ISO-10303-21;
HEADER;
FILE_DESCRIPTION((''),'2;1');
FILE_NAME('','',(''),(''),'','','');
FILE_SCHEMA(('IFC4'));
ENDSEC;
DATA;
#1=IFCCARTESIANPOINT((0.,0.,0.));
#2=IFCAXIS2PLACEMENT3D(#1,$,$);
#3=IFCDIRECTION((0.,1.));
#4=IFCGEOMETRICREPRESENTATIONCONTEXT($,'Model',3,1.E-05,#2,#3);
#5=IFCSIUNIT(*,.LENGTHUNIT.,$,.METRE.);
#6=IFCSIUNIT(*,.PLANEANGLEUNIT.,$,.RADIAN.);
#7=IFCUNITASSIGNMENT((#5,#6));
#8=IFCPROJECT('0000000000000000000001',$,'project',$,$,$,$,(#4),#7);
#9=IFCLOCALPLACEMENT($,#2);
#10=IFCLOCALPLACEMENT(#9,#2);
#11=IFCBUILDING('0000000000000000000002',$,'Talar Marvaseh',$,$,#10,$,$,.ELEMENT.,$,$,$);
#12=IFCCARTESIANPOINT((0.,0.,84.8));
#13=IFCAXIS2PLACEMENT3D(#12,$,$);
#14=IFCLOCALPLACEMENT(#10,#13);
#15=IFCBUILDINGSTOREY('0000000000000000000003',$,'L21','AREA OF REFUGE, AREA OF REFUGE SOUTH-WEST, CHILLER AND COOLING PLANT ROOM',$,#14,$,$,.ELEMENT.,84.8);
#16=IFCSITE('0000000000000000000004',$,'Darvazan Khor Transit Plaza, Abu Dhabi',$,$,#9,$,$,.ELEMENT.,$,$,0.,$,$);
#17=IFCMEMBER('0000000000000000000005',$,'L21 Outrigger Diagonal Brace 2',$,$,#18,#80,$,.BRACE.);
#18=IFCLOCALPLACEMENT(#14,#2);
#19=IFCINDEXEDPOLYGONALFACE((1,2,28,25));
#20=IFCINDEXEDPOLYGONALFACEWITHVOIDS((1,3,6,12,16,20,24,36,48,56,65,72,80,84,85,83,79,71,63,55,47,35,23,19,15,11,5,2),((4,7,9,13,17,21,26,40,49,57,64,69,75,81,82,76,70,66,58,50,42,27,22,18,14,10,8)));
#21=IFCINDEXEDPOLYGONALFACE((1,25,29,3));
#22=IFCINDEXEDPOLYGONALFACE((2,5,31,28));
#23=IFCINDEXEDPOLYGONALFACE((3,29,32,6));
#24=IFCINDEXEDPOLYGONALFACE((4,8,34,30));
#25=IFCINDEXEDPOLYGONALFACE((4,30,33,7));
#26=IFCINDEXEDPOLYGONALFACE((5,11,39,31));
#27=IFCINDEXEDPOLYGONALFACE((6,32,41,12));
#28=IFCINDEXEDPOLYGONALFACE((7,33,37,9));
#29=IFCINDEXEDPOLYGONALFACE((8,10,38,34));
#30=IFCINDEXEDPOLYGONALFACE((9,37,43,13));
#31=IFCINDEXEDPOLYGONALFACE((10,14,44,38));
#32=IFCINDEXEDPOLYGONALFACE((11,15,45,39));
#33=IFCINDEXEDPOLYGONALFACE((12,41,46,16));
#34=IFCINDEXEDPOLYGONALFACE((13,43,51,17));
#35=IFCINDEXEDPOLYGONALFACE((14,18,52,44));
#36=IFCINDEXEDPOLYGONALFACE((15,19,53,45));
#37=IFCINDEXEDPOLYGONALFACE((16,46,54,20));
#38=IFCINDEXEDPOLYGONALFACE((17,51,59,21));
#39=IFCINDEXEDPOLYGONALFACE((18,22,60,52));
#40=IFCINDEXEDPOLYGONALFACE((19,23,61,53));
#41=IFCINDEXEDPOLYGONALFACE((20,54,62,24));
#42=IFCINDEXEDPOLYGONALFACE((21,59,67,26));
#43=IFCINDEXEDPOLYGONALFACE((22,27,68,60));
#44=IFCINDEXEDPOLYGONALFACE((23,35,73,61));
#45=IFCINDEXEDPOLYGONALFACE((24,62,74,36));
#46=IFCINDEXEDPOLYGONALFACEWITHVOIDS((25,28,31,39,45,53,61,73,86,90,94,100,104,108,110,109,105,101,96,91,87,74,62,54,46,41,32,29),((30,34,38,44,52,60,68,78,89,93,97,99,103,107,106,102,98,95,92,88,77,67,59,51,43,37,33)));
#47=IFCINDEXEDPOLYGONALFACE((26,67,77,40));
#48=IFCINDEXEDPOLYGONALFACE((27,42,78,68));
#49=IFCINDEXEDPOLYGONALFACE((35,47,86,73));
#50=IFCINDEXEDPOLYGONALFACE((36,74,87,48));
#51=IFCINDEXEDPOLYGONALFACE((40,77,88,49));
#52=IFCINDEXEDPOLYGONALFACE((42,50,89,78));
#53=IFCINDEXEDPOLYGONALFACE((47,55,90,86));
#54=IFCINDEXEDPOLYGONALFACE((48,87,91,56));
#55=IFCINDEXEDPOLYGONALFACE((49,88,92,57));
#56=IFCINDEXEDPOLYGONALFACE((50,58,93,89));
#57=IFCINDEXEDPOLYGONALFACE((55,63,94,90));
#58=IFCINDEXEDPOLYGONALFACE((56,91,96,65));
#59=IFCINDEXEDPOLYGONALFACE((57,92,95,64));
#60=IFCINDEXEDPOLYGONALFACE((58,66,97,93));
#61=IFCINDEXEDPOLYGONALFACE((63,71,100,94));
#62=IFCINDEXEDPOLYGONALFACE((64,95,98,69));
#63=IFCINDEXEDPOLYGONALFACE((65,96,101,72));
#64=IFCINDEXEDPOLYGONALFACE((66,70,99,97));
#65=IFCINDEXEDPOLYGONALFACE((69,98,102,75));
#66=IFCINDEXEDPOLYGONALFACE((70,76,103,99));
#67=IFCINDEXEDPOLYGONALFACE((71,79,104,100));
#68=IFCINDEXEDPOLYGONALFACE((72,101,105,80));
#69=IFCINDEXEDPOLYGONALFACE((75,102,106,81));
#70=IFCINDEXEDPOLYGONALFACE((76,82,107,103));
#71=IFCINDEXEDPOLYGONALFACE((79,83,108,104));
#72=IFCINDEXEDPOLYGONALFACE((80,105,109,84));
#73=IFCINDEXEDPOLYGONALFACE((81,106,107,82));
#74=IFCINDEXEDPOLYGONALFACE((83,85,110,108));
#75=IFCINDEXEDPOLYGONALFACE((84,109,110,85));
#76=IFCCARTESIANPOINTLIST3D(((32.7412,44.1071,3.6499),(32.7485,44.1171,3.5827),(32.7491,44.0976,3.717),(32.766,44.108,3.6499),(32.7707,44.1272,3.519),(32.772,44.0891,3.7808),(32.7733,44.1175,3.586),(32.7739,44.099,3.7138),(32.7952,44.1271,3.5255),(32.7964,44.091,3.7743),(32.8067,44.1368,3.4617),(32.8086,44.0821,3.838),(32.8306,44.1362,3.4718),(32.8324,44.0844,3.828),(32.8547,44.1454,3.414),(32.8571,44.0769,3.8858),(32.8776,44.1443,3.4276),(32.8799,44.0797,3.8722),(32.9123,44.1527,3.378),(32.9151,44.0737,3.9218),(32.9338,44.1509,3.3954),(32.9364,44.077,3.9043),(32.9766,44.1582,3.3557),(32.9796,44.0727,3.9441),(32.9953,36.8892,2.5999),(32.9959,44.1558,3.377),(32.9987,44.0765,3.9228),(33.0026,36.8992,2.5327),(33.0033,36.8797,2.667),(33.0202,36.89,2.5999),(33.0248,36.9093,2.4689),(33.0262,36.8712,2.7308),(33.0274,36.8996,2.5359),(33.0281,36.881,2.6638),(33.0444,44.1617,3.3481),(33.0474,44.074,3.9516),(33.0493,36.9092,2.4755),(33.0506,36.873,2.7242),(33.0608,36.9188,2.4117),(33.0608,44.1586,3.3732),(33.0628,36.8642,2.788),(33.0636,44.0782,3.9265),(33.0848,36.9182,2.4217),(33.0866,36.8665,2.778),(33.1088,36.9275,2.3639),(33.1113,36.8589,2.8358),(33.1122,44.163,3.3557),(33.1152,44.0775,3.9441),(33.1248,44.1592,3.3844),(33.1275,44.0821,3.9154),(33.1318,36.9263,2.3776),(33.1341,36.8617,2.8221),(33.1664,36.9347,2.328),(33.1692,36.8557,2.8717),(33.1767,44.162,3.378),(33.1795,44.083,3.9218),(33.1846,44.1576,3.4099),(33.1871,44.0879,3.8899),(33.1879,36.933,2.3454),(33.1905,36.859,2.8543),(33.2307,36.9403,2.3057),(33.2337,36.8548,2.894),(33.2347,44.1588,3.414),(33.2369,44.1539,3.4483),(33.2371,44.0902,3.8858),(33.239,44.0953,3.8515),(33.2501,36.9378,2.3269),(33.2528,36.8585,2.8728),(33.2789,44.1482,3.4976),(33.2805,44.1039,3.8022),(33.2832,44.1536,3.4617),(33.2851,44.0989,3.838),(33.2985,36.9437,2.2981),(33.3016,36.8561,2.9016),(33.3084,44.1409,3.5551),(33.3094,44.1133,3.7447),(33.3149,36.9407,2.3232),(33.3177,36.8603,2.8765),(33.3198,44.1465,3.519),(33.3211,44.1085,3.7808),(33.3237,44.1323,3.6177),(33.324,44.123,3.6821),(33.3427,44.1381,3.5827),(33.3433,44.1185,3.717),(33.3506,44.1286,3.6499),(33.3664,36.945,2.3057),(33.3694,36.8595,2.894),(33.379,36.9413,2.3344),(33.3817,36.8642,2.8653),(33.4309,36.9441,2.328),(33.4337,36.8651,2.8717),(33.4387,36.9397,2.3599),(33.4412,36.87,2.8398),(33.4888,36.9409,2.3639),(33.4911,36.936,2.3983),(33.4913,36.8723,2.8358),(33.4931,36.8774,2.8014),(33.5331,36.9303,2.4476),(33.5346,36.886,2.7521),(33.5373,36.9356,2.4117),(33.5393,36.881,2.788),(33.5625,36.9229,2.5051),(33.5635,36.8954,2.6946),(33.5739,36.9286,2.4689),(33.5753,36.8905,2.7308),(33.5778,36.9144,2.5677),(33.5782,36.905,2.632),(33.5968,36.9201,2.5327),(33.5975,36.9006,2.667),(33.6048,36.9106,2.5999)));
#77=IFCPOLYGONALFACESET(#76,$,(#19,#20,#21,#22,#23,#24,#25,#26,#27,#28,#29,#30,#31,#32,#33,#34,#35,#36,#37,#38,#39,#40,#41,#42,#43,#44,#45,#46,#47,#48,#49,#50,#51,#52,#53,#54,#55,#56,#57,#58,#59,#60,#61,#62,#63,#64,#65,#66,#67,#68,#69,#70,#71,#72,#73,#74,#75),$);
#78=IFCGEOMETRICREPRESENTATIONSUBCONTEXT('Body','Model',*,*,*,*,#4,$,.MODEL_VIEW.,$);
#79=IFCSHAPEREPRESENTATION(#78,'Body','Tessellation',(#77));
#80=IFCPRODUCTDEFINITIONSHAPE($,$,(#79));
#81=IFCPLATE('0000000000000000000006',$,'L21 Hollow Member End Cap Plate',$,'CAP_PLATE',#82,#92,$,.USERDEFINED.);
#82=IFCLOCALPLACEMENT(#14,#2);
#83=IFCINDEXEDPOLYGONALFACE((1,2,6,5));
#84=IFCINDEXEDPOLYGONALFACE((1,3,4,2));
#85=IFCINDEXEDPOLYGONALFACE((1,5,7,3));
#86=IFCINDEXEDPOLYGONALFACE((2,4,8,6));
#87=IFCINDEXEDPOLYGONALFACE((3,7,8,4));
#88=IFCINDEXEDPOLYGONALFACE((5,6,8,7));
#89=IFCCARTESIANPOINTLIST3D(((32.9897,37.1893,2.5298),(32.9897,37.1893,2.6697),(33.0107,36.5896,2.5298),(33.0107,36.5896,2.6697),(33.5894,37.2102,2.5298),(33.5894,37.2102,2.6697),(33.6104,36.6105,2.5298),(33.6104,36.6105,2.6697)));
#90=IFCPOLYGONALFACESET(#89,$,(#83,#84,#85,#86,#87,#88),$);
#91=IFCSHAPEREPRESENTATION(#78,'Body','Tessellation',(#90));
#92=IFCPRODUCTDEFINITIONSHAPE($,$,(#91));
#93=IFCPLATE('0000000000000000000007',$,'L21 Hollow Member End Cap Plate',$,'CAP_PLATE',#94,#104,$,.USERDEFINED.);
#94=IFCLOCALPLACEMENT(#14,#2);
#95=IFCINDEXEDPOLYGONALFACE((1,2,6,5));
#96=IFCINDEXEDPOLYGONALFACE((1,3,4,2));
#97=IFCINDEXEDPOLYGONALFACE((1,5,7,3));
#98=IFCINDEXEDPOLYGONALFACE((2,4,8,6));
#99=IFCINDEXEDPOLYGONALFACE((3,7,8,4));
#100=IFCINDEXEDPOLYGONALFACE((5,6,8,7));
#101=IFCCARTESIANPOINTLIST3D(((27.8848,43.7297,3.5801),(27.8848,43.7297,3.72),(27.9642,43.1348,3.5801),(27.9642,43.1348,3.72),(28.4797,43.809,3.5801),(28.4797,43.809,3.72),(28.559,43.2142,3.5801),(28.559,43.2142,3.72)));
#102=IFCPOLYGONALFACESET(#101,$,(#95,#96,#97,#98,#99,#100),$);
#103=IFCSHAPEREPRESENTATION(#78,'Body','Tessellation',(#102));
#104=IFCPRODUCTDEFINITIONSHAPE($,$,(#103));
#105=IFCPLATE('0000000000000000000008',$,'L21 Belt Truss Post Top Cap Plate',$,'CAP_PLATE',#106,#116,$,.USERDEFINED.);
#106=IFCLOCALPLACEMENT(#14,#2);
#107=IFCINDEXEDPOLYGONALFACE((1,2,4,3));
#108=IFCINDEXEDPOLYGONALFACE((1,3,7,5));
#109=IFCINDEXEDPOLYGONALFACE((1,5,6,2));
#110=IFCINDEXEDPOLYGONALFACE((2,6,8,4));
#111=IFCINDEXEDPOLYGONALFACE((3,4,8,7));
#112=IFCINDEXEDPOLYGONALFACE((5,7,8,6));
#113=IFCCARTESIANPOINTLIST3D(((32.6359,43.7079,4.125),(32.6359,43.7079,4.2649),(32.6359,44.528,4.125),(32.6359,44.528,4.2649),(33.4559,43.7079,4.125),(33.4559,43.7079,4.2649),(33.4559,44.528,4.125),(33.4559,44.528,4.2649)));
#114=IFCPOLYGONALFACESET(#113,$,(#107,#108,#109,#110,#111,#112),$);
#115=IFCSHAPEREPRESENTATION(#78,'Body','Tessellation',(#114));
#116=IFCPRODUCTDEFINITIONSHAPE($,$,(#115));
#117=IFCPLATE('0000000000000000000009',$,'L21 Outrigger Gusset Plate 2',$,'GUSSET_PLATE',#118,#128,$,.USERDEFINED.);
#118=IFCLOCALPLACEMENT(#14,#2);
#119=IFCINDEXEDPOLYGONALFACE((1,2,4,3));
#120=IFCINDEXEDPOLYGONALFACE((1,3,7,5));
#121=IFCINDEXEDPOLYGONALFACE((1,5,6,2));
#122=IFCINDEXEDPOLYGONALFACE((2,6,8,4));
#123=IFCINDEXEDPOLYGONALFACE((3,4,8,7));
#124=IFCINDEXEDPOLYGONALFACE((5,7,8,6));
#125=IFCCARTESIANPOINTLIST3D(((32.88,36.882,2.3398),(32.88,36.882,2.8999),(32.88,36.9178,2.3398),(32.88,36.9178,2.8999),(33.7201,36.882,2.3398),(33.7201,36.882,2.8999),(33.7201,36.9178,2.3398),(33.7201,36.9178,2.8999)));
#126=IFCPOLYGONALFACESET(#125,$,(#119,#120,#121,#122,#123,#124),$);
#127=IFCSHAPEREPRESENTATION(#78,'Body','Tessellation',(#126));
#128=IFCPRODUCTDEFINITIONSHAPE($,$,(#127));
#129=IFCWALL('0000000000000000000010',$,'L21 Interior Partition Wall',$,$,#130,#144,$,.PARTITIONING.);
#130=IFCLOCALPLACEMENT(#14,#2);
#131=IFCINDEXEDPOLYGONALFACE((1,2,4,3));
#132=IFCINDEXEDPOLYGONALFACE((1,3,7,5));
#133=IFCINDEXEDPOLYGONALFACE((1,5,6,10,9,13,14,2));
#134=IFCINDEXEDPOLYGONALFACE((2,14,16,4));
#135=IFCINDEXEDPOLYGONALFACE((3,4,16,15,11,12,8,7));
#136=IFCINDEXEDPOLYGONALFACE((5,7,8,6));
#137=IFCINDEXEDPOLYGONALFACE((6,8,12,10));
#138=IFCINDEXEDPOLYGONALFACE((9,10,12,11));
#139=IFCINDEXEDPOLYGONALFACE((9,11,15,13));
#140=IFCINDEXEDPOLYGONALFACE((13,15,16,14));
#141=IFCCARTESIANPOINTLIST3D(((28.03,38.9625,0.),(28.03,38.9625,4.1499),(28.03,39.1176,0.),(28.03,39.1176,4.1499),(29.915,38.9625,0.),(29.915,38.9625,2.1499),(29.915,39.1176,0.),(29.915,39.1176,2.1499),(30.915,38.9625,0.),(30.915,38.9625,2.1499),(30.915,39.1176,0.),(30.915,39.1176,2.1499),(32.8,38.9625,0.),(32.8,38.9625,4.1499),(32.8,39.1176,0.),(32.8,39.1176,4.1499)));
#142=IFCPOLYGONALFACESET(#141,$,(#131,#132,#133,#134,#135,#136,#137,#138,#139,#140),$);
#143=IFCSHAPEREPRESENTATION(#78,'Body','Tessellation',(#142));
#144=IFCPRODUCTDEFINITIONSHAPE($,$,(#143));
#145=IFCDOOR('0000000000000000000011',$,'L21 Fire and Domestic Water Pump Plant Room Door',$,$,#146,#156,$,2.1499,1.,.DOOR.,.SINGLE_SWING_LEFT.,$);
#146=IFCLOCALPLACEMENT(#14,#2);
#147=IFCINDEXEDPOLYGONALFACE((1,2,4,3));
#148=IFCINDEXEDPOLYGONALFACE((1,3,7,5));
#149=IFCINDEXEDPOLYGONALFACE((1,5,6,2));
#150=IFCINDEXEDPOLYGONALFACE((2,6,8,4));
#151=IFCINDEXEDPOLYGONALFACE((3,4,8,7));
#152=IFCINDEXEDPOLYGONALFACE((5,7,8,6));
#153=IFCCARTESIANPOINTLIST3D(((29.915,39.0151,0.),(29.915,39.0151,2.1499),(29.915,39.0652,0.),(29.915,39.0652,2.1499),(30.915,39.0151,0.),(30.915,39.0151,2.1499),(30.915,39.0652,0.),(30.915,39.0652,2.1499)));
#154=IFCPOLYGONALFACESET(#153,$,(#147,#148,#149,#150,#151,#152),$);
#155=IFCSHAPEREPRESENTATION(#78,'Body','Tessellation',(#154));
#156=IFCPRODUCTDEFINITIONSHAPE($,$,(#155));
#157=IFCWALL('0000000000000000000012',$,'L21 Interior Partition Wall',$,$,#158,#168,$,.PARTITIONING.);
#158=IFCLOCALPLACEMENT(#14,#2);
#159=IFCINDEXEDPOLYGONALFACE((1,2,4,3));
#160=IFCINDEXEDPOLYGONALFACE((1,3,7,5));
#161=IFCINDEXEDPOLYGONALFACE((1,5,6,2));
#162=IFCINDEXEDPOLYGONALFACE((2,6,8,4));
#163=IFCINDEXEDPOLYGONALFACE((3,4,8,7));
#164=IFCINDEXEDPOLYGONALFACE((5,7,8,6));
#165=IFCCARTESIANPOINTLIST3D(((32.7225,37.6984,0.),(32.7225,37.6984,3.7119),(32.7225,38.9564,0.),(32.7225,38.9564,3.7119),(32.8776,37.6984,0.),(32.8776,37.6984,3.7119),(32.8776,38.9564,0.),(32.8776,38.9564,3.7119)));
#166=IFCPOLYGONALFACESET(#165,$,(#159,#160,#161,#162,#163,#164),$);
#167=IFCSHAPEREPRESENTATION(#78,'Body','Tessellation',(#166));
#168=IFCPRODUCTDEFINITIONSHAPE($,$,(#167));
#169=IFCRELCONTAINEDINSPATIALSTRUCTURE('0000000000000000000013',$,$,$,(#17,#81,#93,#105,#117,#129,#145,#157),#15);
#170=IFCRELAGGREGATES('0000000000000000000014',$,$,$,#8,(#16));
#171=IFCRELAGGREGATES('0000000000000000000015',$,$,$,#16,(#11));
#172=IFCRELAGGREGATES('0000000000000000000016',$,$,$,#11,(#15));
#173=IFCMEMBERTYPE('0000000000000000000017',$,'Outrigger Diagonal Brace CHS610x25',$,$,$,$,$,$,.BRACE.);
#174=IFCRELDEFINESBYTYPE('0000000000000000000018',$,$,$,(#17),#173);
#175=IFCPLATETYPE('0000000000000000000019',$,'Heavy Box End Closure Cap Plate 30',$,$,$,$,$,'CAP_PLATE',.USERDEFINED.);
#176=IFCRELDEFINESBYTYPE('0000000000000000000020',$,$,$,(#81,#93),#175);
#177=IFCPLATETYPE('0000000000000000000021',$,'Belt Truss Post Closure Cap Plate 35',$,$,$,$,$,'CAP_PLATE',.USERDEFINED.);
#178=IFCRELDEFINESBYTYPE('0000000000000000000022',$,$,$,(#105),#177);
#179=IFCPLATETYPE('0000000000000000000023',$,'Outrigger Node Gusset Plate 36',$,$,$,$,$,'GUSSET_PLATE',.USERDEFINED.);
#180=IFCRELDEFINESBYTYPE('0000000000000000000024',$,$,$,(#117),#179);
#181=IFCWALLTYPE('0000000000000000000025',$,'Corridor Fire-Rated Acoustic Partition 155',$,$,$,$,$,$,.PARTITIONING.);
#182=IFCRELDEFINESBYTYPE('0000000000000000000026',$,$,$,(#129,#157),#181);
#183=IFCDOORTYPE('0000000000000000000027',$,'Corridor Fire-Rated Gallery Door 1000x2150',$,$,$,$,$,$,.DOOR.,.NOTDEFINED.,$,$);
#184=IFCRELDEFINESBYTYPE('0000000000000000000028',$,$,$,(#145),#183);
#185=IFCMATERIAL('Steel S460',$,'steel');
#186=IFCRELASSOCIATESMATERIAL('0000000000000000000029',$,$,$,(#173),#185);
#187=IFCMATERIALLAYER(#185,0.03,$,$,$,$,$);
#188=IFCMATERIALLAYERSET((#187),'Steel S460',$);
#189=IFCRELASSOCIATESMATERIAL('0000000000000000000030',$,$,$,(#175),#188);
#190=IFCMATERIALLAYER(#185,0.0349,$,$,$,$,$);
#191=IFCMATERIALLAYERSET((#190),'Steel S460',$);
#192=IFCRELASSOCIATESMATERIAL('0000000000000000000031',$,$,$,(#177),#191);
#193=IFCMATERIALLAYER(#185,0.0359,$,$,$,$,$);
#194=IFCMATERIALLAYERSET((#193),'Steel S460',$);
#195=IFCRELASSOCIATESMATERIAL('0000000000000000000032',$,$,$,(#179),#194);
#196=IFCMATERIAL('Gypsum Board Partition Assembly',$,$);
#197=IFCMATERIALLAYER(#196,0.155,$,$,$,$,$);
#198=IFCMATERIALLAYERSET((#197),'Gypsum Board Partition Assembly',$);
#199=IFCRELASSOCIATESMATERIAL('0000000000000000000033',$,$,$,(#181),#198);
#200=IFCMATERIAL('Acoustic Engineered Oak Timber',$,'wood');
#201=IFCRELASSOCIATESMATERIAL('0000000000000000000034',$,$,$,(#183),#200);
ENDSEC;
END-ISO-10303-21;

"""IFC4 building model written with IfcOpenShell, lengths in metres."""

from ifc_helpers import new_model, si_unit, direction, frame, frame_2d, origin, origin_2d, place, context, subcontext, project, spatial, rectangle, hollow_circle, extrude, source, transform, mapped, material, layer, layer_set, material_profile, profile_set, type_object, type_shapes, element, fill, save


model = new_model("IFC4")

# Units and contexts
model_context = context("Model", 3, precision=1e-05, world=origin(), true_north=direction((0.0, 1.0)))
body_context = subcontext(model_context, "Body", "Model", "MODEL_VIEW")
ifc_project = project(units=[si_unit("LENGTHUNIT", "METRE"), si_unit("PLANEANGLEUNIT", "RADIAN")], contexts=[model_context])

# Site, building, storey
site_placement = place(None, origin())
site = spatial("IfcSite", under=ifc_project, at=site_placement, Name="Darvazan Khor Transit Plaza, Abu Dhabi", CompositionType="ELEMENT", RefElevation=0.0)
building_placement = place(site_placement, origin())
building = spatial("IfcBuilding", under=site, at=building_placement, Name="Talar Marvaseh", CompositionType="ELEMENT")
storey_placement = place(building_placement, frame((0.0, 0.0, 84.8)))
storey = spatial("IfcBuildingStorey", under=building, at=storey_placement, Name="L21", Description="AREA OF REFUGE, AREA OF REFUGE SOUTH-WEST, CHILLER AND COOLING PLANT ROOM", CompositionType="ELEMENT", Elevation=84.8)

# Shared definitions
ifc_material_1 = material(Name="Steel S460", Category="steel")

# Member
ifc_material_profile_1 = material_profile(ifc_material_1, hollow_circle(Radius=0.3049, WallThickness=0.0249, at=origin_2d()), Name="CHS610x25")
ifc_profile_set_1 = profile_set([ifc_material_profile_1], Name="Steel S460")
member_type_1 = type_object("IfcMemberType", Name="Outrigger Diagonal Brace CHS610x25", PredefinedType="BRACE", material=ifc_profile_set_1)
shared_shape_1 = source(origin(), body_context, "Body", "SweptSolid", [
    extrude(hollow_circle(Radius=0.3049, WallThickness=0.0249, at=origin_2d()), origin(), (0.0, 0.0, 1.0), 7.2983),
])
type_shapes(member_type_1, [shared_shape_1])
member_1_placement = place(storey_placement, frame((33.3, 36.8999, 2.5999), z_axis=(-0.034823, 0.988983, 0.143873), x_axis=(-0.999381, -0.035189, 0.0)))
element("IfcMember", 1, at=member_1_placement, inside=storey, type_object=member_type_1, Name="L21 Outrigger Diagonal Brace 2", PredefinedType="BRACE", context=body_context, shape_type="MappedRepresentation", body=[
    mapped(shared_shape_1, transform((0.0, 0.0, 0.0), x_axis=(1.0, 0.0, 0.0), y_axis=(0.0, 1.0, 0.0), z_axis=(0.0, 0.0, 1.0), scale=1.0)),
])

# Plates
ifc_layer_1 = layer(ifc_material_1, 0.03)
ifc_layer_set_1 = layer_set([ifc_layer_1], Name="Steel S460")
plate_type_1 = type_object("IfcPlateType", Name="Heavy Box End Closure Cap Plate 30", ElementType="CAP_PLATE", PredefinedType="USERDEFINED", material=ifc_layer_set_1)
shared_shape_2 = source(origin(), body_context, "Body", "SweptSolid", [
    extrude(rectangle(XDim=0.6001, YDim=0.6001, at=origin_2d()), origin(), (0.0, 0.0, 1.0), 0.1399),
])
type_shapes(plate_type_1, [shared_shape_2])
for number, where, z_axis, x_axis, name in (
    (2, (33.3, 36.8999, 2.5298), (0.0, 0.0, 1.0), (-0.034899, 0.999391, 0.0), "L21 Hollow Member End Cap Plate"),
    (3, (28.2219, 43.4719, 3.5801), (0.0, 0.0, 1.0), (-0.991216, -0.132256, 0.0), "L21 Hollow Member End Cap Plate"),
):
    element("IfcPlate", number, at=place(storey_placement, frame(where, z_axis=z_axis, x_axis=x_axis)), inside=storey, type_object=plate_type_1, Name=name, ObjectType="CAP_PLATE", PredefinedType="USERDEFINED", context=body_context, shape_type="MappedRepresentation", body=[
        mapped(shared_shape_2, transform((0.0, 0.0, 0.0), x_axis=(1.0, 0.0, 0.0), y_axis=(0.0, 1.0, 0.0), z_axis=(0.0, 0.0, 1.0), scale=1.0)),
    ])
ifc_layer_2 = layer(ifc_material_1, 0.0349)
ifc_layer_set_2 = layer_set([ifc_layer_2], Name="Steel S460")
plate_type_2 = type_object("IfcPlateType", Name="Belt Truss Post Closure Cap Plate 35", ElementType="CAP_PLATE", PredefinedType="USERDEFINED", material=ifc_layer_set_2)
shared_shape_3 = source(origin(), body_context, "Body", "SweptSolid", [
    extrude(rectangle(XDim=0.8201, YDim=0.8201, at=origin_2d()), origin(), (0.0, 0.0, 1.0), 0.1399),
])
type_shapes(plate_type_2, [shared_shape_3])
plate_1_placement = place(storey_placement, frame((33.0459, 44.1179, 4.125), z_axis=(0.0, 0.0, 1.0), x_axis=(1.0, 0.0, 0.0)))
element("IfcPlate", 4, at=plate_1_placement, inside=storey, type_object=plate_type_2, Name="L21 Belt Truss Post Top Cap Plate", ObjectType="CAP_PLATE", PredefinedType="USERDEFINED", context=body_context, shape_type="MappedRepresentation", body=[
    mapped(shared_shape_3, transform((0.0, 0.0, 0.0), x_axis=(1.0, 0.0, 0.0), y_axis=(0.0, 1.0, 0.0), z_axis=(0.0, 0.0, 1.0), scale=1.0)),
])
ifc_layer_3 = layer(ifc_material_1, 0.0359)
ifc_layer_set_3 = layer_set([ifc_layer_3], Name="Steel S460")
plate_type_3 = type_object("IfcPlateType", Name="Outrigger Node Gusset Plate 36", ElementType="GUSSET_PLATE", PredefinedType="USERDEFINED", material=ifc_layer_set_3)
shared_shape_4 = source(origin(), body_context, "Body", "SweptSolid", [
    extrude(rectangle(XDim=0.8401, YDim=0.0359, at=origin_2d()), origin(), (0.0, 0.0, 1.0), 0.5601),
])
type_shapes(plate_type_3, [shared_shape_4])
plate_2_placement = place(storey_placement, frame((33.3, 36.8999, 2.3398), z_axis=(0.0, 0.0, 1.0), x_axis=(1.0, 0.0, 0.0)))
element("IfcPlate", 5, at=plate_2_placement, inside=storey, type_object=plate_type_3, Name="L21 Outrigger Gusset Plate 2", ObjectType="GUSSET_PLATE", PredefinedType="USERDEFINED", context=body_context, shape_type="MappedRepresentation", body=[
    mapped(shared_shape_4, transform((0.0, 0.0, 0.0), x_axis=(1.0, 0.0, 0.0), y_axis=(0.0, 1.0, 0.0), z_axis=(0.0, 0.0, 1.0), scale=1.0)),
])

# Wall, opening, door
ifc_material_2 = material(Name="Gypsum Board Partition Assembly")
ifc_layer_4 = layer(ifc_material_2, 0.155)
ifc_layer_set_4 = layer_set([ifc_layer_4], Name="Gypsum Board Partition Assembly")
wall_type_1 = type_object("IfcWallType", Name="Corridor Fire-Rated Acoustic Partition 155", PredefinedType="PARTITIONING", material=ifc_layer_set_4)
wall_1_placement = place(storey_placement, frame((32.8, 39.04, 0.0), z_axis=(0.0, 0.0, 1.0), x_axis=(-1.0, 0.0, 0.0)))
wall_1 = element("IfcWall", 6, at=wall_1_placement, inside=storey, type_object=wall_type_1, Name="L21 Interior Partition Wall", PredefinedType="PARTITIONING", context=body_context, shape_type="SweptSolid", body=[
    extrude(rectangle(XDim=4.77, YDim=0.155, at=frame_2d((2.385, 0.0))), origin(), (0.0, 0.0, 1.0), 4.1499),
])
opening_1_placement = place(wall_1_placement, frame((1.885, 0.0, 0.0)))
opening_1 = element("IfcOpeningElement", 7, at=opening_1_placement, cuts=wall_1, PredefinedType="OPENING", context=body_context, shape_type="SweptSolid", body=[
    extrude(rectangle(XDim=1.0, YDim=2.1499, at=frame_2d((0.5, 1.075))), frame((0.0, 0.0874, 0.0), z_axis=(0.0, -1.0, 0.0), x_axis=(1.0, 0.0, 0.0)), (0.0, 0.0, 1.0), 0.175),
])
ifc_material_3 = material(Name="Acoustic Engineered Oak Timber", Category="wood")
door_type_1 = type_object("IfcDoorType", Name="Corridor Fire-Rated Gallery Door 1000x2150", OperationType="NOTDEFINED", PredefinedType="DOOR", material=ifc_material_3)
shared_shape_5 = source(origin(), body_context, "Body", "SweptSolid", [
    extrude(rectangle(XDim=1.0, YDim=2.1499, at=frame_2d((0.5, 1.075))), frame((0.0, 0.0249, 0.0), z_axis=(0.0, -1.0, 0.0), x_axis=(1.0, 0.0, 0.0)), (0.0, 0.0, 1.0), 0.05),
])
type_shapes(door_type_1, [shared_shape_5])
door_1_placement = place(opening_1_placement, origin())
door_1 = element("IfcDoor", 8, at=door_1_placement, inside=storey, type_object=door_type_1, Name="L21 Fire and Domestic Water Pump Plant Room Door", OperationType="SINGLE_SWING_LEFT", OverallHeight=2.1499, OverallWidth=1.0, PredefinedType="DOOR", context=body_context, shape_type="MappedRepresentation", body=[
    mapped(shared_shape_5, transform((0.0, 0.0, 0.0), x_axis=(1.0, 0.0, 0.0), y_axis=(0.0, 1.0, 0.0), z_axis=(0.0, 0.0, 1.0), scale=1.0)),
])
fill(opening_1, door_1)

# Wall
wall_2_placement = place(storey_placement, frame((32.8, 37.6985, 0.0), z_axis=(0.0, 0.0, 1.0), x_axis=(0.0, 1.0, 0.0)))
element("IfcWall", 9, at=wall_2_placement, inside=storey, type_object=wall_type_1, Name="L21 Interior Partition Wall", PredefinedType="PARTITIONING", context=body_context, shape_type="SweptSolid", body=[
    extrude(rectangle(XDim=1.2581, YDim=0.155, at=frame_2d((0.6289, 0.0))), origin(), (0.0, 0.0, 1.0), 3.7119),
])

save(model, "model.ifc")
